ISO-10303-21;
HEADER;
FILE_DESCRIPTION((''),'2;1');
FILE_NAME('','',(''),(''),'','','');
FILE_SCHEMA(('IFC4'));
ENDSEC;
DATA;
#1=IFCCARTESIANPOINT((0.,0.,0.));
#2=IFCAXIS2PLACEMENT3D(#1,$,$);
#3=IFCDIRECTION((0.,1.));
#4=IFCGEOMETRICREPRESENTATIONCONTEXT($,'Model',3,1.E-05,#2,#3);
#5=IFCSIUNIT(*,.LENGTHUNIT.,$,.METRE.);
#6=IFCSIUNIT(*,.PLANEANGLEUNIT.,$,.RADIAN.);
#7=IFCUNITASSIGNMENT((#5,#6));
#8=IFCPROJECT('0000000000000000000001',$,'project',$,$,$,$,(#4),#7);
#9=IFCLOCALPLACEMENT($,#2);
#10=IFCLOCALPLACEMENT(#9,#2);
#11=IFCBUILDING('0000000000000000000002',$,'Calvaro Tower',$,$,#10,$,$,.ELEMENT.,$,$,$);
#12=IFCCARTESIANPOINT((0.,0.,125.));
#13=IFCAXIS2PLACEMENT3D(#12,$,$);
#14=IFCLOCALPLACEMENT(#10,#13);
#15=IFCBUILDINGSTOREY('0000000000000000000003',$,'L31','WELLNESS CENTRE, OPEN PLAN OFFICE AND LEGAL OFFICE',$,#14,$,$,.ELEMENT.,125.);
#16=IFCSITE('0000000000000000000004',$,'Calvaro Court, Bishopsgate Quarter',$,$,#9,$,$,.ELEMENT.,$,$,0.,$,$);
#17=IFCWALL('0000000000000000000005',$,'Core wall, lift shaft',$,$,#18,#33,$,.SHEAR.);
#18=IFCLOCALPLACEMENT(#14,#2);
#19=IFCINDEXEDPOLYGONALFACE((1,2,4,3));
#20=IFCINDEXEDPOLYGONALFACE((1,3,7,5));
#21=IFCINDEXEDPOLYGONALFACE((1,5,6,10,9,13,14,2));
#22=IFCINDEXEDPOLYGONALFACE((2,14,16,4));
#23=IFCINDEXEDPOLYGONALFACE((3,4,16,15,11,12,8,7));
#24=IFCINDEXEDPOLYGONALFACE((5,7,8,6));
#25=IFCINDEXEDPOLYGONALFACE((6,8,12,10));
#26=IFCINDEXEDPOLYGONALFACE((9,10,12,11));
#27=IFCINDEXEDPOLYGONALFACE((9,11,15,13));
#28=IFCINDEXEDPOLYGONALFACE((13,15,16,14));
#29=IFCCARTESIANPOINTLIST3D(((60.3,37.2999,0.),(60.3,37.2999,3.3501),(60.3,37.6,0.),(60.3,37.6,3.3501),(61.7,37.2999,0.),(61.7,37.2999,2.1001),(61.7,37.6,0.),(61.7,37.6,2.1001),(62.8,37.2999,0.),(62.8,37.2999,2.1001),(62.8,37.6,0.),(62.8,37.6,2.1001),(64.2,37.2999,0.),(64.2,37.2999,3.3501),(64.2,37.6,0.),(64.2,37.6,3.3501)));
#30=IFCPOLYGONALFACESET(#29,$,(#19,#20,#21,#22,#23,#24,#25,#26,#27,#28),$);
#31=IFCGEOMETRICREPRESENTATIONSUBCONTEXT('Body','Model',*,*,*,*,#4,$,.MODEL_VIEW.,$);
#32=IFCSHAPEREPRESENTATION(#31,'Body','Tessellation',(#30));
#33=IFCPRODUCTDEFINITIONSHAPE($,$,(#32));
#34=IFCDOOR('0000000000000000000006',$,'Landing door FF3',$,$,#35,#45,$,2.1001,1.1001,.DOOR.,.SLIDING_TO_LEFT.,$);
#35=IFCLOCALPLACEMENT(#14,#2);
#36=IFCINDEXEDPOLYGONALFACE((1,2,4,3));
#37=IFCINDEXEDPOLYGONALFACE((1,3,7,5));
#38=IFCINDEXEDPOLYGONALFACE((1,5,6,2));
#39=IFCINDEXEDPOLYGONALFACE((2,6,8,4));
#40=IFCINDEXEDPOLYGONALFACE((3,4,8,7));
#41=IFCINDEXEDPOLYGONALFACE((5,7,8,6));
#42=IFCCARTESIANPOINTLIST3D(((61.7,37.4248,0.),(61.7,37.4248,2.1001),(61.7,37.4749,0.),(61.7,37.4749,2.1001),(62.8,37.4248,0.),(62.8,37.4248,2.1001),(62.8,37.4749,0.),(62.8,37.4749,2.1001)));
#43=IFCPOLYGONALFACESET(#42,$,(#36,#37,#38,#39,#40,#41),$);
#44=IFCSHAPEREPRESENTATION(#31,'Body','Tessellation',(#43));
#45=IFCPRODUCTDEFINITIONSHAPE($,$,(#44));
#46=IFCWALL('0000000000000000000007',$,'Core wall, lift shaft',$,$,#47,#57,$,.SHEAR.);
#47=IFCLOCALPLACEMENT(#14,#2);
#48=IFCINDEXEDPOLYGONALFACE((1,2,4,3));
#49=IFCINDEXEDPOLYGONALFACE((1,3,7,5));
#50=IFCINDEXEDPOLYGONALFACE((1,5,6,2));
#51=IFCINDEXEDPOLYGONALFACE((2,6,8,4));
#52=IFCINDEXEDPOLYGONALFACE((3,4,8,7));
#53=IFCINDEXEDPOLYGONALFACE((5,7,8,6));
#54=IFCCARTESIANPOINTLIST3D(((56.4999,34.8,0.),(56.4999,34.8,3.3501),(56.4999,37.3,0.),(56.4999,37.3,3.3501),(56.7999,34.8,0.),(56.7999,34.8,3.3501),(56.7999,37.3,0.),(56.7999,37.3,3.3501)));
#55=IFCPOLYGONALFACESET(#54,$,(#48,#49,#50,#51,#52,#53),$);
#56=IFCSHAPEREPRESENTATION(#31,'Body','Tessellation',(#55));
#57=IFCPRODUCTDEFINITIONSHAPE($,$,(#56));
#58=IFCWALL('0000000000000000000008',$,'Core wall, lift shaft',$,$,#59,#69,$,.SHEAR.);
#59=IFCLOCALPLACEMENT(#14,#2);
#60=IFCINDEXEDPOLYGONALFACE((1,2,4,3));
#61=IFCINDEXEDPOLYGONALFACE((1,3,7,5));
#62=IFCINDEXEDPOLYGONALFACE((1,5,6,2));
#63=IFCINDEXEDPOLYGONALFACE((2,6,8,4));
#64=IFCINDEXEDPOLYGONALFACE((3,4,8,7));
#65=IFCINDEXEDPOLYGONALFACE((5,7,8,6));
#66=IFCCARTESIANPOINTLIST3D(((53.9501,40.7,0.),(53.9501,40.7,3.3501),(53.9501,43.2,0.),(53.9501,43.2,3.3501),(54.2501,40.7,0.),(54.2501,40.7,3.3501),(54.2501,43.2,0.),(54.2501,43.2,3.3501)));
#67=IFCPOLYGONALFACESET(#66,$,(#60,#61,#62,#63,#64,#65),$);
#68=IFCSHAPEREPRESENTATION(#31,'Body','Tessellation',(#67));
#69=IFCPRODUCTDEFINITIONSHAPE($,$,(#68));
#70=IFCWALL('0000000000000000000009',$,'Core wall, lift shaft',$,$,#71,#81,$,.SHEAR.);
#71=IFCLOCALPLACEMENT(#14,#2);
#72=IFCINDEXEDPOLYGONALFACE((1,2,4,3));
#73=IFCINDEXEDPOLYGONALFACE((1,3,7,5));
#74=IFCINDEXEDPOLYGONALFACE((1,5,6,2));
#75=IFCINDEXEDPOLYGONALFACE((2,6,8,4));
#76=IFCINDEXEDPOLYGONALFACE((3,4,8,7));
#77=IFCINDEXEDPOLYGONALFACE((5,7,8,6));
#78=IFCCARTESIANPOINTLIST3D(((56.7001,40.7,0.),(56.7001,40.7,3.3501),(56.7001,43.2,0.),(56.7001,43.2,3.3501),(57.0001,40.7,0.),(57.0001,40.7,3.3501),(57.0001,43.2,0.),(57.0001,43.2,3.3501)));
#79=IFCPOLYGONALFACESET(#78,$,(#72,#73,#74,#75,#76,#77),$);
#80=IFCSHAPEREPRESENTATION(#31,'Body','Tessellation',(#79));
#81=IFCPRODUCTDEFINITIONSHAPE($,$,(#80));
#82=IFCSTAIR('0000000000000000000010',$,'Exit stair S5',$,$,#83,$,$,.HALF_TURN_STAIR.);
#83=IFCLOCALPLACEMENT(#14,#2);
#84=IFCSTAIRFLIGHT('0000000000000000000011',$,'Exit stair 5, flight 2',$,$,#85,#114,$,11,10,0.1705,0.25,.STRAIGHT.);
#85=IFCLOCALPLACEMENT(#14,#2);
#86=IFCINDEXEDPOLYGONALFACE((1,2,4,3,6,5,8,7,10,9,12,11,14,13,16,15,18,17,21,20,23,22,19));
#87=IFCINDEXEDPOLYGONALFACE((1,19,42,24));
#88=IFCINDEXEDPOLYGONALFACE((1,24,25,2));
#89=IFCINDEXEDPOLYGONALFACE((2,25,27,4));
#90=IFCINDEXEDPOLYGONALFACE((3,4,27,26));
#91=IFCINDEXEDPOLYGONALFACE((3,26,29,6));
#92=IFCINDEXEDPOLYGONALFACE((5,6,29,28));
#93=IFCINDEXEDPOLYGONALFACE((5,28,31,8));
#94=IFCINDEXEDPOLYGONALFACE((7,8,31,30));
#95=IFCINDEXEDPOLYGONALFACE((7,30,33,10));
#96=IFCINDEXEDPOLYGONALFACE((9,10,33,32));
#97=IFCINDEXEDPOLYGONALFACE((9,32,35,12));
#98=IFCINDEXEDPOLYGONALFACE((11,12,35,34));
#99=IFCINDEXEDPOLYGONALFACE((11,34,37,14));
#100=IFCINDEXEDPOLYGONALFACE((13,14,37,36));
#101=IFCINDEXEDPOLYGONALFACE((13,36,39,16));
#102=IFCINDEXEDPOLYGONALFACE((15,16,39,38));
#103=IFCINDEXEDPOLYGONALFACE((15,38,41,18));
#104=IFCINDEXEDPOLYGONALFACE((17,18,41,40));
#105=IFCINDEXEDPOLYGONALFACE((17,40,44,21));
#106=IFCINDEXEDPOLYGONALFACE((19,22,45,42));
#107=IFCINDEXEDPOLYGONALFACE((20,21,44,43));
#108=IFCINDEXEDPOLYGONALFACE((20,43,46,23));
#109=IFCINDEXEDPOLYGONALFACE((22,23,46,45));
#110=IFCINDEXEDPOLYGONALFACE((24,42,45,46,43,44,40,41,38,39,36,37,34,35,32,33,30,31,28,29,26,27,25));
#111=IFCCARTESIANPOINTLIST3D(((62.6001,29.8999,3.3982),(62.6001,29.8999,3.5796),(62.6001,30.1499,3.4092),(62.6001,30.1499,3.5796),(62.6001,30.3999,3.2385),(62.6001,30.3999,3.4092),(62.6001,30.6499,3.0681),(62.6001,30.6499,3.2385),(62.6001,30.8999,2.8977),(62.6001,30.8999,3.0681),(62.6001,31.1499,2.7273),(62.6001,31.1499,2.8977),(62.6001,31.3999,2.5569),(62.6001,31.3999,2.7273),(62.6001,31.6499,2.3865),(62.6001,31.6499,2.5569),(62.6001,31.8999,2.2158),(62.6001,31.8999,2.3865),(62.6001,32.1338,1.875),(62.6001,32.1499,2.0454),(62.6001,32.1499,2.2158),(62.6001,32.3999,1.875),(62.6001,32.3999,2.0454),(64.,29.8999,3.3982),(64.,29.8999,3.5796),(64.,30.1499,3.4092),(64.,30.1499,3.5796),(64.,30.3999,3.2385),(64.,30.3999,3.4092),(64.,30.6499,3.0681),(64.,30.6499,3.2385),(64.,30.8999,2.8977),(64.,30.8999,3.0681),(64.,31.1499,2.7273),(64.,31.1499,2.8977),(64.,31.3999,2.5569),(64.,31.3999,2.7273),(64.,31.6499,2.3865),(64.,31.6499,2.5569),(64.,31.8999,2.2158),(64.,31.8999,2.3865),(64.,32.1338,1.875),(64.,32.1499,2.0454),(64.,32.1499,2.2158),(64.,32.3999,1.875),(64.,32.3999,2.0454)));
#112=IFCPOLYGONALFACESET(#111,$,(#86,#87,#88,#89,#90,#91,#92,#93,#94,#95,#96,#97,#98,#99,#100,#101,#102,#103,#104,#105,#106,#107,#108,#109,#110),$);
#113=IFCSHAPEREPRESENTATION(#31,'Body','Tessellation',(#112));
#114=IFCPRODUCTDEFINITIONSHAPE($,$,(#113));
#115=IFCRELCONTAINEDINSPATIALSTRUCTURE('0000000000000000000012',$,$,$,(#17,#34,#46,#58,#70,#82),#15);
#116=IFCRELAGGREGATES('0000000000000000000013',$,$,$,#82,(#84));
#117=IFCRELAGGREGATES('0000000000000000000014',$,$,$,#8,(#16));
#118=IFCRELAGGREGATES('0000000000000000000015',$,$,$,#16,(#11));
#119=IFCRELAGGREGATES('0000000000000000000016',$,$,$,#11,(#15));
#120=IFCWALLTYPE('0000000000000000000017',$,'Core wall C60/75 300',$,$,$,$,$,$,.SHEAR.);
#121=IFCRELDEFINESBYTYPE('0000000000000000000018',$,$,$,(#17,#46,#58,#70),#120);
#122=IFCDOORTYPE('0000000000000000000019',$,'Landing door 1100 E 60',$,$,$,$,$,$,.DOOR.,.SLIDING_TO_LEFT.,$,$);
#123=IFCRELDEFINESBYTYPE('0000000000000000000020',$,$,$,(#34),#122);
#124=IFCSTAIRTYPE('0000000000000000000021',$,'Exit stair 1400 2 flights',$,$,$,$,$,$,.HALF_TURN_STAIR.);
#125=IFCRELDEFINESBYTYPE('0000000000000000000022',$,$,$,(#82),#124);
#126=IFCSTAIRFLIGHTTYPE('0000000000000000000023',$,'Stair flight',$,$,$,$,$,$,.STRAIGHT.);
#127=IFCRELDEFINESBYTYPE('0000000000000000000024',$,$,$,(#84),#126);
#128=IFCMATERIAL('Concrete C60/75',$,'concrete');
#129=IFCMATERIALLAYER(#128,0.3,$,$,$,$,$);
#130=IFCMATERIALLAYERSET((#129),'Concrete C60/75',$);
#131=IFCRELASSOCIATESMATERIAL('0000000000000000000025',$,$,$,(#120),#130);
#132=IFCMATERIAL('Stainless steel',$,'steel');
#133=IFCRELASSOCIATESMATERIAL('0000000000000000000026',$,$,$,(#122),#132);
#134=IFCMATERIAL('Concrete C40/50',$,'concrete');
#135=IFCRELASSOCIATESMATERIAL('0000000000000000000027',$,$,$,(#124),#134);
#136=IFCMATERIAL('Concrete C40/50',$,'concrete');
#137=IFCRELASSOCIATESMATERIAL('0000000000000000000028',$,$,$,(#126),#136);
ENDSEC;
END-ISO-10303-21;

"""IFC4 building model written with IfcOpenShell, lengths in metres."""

from ifc_helpers import new_model, si_unit, direction, frame, frame_2d, origin, place, context, subcontext, project, spatial, polyline, rectangle, outline, extrude, material, layer, layer_set, type_object, element, fill, aggregate, save


model = new_model("IFC4")

# Units and contexts
model_context = context("Model", 3, precision=1e-05, world=origin(), true_north=direction((0.0, 1.0)))
body_context = subcontext(model_context, "Body", "Model", "MODEL_VIEW")
ifc_project = project(units=[si_unit("LENGTHUNIT", "METRE"), si_unit("PLANEANGLEUNIT", "RADIAN")], contexts=[model_context])

# Site, building, storey
site_placement = place(None, origin())
site = spatial("IfcSite", under=ifc_project, at=site_placement, Name="Calvaro Court, Bishopsgate Quarter", CompositionType="ELEMENT", RefElevation=0.0)
building_placement = place(site_placement, origin())
building = spatial("IfcBuilding", under=site, at=building_placement, Name="Calvaro Tower", CompositionType="ELEMENT")
storey_placement = place(building_placement, frame((0.0, 0.0, 125.0)))
storey = spatial("IfcBuildingStorey", under=building, at=storey_placement, Name="L31", Description="WELLNESS CENTRE, OPEN PLAN OFFICE AND LEGAL OFFICE", CompositionType="ELEMENT", Elevation=125.0)

# Shared definitions
ifc_material_1 = material(Name="Concrete C60/75", Category="concrete")
ifc_layer_1 = layer(ifc_material_1, 0.3)
ifc_layer_set_1 = layer_set([ifc_layer_1], Name="Concrete C60/75")
wall_type_1 = type_object("IfcWallType", Name="Core wall C60/75 300", PredefinedType="SHEAR", material=ifc_layer_set_1)

# Wall, opening, door
wall_1_placement = place(storey_placement, frame((60.3, 37.45, 0.0), z_axis=(0.0, 0.0, 1.0), x_axis=(1.0, 0.0, 0.0)))
wall_1 = element("IfcWall", 1, at=wall_1_placement, inside=storey, type_object=wall_type_1, Name="Core wall, lift shaft", PredefinedType="SHEAR", context=body_context, shape_type="SweptSolid", body=[
    extrude(rectangle(XDim=3.8999, YDim=0.3, at=frame_2d((1.95, 0.0))), origin(), (0.0, 0.0, 1.0), 3.3501),
])
opening_1_placement = place(wall_1_placement, frame((1.3999, 0.0, 0.0)))
opening_1 = element("IfcOpeningElement", 2, at=opening_1_placement, cuts=wall_1, PredefinedType="OPENING", context=body_context, shape_type="SweptSolid", body=[
    extrude(rectangle(XDim=1.1001, YDim=2.1001, at=frame_2d((0.55, 1.05))), frame((0.0, 0.1599, 0.0), z_axis=(0.0, -1.0, 0.0), x_axis=(1.0, 0.0, 0.0)), (0.0, 0.0, 1.0), 0.3201),
])
ifc_material_2 = material(Name="Stainless steel", Category="steel")
door_type_1 = type_object("IfcDoorType", Name="Landing door 1100 E 60", OperationType="SLIDING_TO_LEFT", PredefinedType="DOOR", material=ifc_material_2)
door_1_placement = place(opening_1_placement, origin())
door_1 = element("IfcDoor", 3, at=door_1_placement, inside=storey, type_object=door_type_1, Name="Landing door FF3", OperationType="SLIDING_TO_LEFT", OverallHeight=2.1001, OverallWidth=1.1001, PredefinedType="DOOR", context=body_context, shape_type="SweptSolid", body=[
    extrude(rectangle(XDim=1.1001, YDim=2.1001, at=frame_2d((0.55, 1.05))), frame((0.0, 0.0249, 0.0), z_axis=(0.0, -1.0, 0.0), x_axis=(1.0, 0.0, 0.0)), (0.0, 0.0, 1.0), 0.05),
])
fill(opening_1, door_1)

# Walls
for number, where, z_axis, x_axis, name in (
    (4, (56.6499, 34.8, 0.0), (0.0, 0.0, 1.0), (0.0, 1.0, 0.0), "Core wall, lift shaft"),
    (5, (54.1001, 40.7, 0.0), (0.0, 0.0, 1.0), (0.0, 1.0, 0.0), "Core wall, lift shaft"),
    (6, (56.8501, 40.7, 0.0), (0.0, 0.0, 1.0), (0.0, 1.0, 0.0), "Core wall, lift shaft"),
):
    element("IfcWall", number, at=place(storey_placement, frame(where, z_axis=z_axis, x_axis=x_axis)), inside=storey, type_object=wall_type_1, Name=name, PredefinedType="SHEAR", context=body_context, shape_type="SweptSolid", body=[
        extrude(rectangle(XDim=2.5, YDim=0.3, at=frame_2d((1.25, 0.0))), origin(), (0.0, 0.0, 1.0), 3.3501),
    ])

# Stair, stair flight
ifc_material_3 = material(Name="Concrete C40/50", Category="concrete")
stair_type = type_object("IfcStairType", Name="Exit stair 1400 2 flights", PredefinedType="HALF_TURN_STAIR", material=ifc_material_3)
stair_1_placement = place(storey_placement, origin())
stair_1 = element("IfcStair", 7, at=stair_1_placement, inside=storey, type_object=stair_type, Name="Exit stair S5", PredefinedType="HALF_TURN_STAIR")
ifc_material_4 = material(Name="Concrete C40/50", Category="concrete")
stair_flight_type = type_object("IfcStairFlightType", Name="Stair flight", PredefinedType="STRAIGHT", material=ifc_material_4)
stair_flight_placement = place(storey_placement, frame((63.3, 32.3999, 1.875), z_axis=(0.0, 0.0, 1.0), x_axis=(0.0, -1.0, 0.0)))
stair_flight = element("IfcStairFlight", 8, at=stair_flight_placement, type_object=stair_flight_type, Name="Exit stair 5, flight 2", NumberOfRisers=11, NumberOfTreads=10, PredefinedType="STRAIGHT", RiserHeight=0.1705, TreadLength=0.25, context=body_context, shape_type="SweptSolid", body=[
    extrude(outline(polyline([(0.0, 0.0), (0.0, 0.1704), (0.25, 0.1704), (0.25, 0.3408), (0.5, 0.3408), (0.5, 0.5115), (0.75, 0.5115), (0.75, 0.6819), (1.0, 0.6819), (1.0, 0.8523), (1.25, 0.8523), (1.25, 1.0227), (1.5, 1.0227), (1.5, 1.1931), (1.75, 1.1931), (1.75, 1.3635), (2.0, 1.3635), (2.0, 1.5342), (2.25, 1.5342), (2.25, 1.7046), (2.5, 1.7046), (2.5, 1.875), (2.5, 1.5232), (0.2661, 0.0), (0.0, 0.0)])), frame((0.0, 0.7, 0.0), z_axis=(0.0, -1.0, 0.0), x_axis=(1.0, 0.0, 0.0)), (0.0, 0.0, 1.0), 1.3999),
])

aggregate(stair_1, [stair_flight])

save(model, "model.ifc")
